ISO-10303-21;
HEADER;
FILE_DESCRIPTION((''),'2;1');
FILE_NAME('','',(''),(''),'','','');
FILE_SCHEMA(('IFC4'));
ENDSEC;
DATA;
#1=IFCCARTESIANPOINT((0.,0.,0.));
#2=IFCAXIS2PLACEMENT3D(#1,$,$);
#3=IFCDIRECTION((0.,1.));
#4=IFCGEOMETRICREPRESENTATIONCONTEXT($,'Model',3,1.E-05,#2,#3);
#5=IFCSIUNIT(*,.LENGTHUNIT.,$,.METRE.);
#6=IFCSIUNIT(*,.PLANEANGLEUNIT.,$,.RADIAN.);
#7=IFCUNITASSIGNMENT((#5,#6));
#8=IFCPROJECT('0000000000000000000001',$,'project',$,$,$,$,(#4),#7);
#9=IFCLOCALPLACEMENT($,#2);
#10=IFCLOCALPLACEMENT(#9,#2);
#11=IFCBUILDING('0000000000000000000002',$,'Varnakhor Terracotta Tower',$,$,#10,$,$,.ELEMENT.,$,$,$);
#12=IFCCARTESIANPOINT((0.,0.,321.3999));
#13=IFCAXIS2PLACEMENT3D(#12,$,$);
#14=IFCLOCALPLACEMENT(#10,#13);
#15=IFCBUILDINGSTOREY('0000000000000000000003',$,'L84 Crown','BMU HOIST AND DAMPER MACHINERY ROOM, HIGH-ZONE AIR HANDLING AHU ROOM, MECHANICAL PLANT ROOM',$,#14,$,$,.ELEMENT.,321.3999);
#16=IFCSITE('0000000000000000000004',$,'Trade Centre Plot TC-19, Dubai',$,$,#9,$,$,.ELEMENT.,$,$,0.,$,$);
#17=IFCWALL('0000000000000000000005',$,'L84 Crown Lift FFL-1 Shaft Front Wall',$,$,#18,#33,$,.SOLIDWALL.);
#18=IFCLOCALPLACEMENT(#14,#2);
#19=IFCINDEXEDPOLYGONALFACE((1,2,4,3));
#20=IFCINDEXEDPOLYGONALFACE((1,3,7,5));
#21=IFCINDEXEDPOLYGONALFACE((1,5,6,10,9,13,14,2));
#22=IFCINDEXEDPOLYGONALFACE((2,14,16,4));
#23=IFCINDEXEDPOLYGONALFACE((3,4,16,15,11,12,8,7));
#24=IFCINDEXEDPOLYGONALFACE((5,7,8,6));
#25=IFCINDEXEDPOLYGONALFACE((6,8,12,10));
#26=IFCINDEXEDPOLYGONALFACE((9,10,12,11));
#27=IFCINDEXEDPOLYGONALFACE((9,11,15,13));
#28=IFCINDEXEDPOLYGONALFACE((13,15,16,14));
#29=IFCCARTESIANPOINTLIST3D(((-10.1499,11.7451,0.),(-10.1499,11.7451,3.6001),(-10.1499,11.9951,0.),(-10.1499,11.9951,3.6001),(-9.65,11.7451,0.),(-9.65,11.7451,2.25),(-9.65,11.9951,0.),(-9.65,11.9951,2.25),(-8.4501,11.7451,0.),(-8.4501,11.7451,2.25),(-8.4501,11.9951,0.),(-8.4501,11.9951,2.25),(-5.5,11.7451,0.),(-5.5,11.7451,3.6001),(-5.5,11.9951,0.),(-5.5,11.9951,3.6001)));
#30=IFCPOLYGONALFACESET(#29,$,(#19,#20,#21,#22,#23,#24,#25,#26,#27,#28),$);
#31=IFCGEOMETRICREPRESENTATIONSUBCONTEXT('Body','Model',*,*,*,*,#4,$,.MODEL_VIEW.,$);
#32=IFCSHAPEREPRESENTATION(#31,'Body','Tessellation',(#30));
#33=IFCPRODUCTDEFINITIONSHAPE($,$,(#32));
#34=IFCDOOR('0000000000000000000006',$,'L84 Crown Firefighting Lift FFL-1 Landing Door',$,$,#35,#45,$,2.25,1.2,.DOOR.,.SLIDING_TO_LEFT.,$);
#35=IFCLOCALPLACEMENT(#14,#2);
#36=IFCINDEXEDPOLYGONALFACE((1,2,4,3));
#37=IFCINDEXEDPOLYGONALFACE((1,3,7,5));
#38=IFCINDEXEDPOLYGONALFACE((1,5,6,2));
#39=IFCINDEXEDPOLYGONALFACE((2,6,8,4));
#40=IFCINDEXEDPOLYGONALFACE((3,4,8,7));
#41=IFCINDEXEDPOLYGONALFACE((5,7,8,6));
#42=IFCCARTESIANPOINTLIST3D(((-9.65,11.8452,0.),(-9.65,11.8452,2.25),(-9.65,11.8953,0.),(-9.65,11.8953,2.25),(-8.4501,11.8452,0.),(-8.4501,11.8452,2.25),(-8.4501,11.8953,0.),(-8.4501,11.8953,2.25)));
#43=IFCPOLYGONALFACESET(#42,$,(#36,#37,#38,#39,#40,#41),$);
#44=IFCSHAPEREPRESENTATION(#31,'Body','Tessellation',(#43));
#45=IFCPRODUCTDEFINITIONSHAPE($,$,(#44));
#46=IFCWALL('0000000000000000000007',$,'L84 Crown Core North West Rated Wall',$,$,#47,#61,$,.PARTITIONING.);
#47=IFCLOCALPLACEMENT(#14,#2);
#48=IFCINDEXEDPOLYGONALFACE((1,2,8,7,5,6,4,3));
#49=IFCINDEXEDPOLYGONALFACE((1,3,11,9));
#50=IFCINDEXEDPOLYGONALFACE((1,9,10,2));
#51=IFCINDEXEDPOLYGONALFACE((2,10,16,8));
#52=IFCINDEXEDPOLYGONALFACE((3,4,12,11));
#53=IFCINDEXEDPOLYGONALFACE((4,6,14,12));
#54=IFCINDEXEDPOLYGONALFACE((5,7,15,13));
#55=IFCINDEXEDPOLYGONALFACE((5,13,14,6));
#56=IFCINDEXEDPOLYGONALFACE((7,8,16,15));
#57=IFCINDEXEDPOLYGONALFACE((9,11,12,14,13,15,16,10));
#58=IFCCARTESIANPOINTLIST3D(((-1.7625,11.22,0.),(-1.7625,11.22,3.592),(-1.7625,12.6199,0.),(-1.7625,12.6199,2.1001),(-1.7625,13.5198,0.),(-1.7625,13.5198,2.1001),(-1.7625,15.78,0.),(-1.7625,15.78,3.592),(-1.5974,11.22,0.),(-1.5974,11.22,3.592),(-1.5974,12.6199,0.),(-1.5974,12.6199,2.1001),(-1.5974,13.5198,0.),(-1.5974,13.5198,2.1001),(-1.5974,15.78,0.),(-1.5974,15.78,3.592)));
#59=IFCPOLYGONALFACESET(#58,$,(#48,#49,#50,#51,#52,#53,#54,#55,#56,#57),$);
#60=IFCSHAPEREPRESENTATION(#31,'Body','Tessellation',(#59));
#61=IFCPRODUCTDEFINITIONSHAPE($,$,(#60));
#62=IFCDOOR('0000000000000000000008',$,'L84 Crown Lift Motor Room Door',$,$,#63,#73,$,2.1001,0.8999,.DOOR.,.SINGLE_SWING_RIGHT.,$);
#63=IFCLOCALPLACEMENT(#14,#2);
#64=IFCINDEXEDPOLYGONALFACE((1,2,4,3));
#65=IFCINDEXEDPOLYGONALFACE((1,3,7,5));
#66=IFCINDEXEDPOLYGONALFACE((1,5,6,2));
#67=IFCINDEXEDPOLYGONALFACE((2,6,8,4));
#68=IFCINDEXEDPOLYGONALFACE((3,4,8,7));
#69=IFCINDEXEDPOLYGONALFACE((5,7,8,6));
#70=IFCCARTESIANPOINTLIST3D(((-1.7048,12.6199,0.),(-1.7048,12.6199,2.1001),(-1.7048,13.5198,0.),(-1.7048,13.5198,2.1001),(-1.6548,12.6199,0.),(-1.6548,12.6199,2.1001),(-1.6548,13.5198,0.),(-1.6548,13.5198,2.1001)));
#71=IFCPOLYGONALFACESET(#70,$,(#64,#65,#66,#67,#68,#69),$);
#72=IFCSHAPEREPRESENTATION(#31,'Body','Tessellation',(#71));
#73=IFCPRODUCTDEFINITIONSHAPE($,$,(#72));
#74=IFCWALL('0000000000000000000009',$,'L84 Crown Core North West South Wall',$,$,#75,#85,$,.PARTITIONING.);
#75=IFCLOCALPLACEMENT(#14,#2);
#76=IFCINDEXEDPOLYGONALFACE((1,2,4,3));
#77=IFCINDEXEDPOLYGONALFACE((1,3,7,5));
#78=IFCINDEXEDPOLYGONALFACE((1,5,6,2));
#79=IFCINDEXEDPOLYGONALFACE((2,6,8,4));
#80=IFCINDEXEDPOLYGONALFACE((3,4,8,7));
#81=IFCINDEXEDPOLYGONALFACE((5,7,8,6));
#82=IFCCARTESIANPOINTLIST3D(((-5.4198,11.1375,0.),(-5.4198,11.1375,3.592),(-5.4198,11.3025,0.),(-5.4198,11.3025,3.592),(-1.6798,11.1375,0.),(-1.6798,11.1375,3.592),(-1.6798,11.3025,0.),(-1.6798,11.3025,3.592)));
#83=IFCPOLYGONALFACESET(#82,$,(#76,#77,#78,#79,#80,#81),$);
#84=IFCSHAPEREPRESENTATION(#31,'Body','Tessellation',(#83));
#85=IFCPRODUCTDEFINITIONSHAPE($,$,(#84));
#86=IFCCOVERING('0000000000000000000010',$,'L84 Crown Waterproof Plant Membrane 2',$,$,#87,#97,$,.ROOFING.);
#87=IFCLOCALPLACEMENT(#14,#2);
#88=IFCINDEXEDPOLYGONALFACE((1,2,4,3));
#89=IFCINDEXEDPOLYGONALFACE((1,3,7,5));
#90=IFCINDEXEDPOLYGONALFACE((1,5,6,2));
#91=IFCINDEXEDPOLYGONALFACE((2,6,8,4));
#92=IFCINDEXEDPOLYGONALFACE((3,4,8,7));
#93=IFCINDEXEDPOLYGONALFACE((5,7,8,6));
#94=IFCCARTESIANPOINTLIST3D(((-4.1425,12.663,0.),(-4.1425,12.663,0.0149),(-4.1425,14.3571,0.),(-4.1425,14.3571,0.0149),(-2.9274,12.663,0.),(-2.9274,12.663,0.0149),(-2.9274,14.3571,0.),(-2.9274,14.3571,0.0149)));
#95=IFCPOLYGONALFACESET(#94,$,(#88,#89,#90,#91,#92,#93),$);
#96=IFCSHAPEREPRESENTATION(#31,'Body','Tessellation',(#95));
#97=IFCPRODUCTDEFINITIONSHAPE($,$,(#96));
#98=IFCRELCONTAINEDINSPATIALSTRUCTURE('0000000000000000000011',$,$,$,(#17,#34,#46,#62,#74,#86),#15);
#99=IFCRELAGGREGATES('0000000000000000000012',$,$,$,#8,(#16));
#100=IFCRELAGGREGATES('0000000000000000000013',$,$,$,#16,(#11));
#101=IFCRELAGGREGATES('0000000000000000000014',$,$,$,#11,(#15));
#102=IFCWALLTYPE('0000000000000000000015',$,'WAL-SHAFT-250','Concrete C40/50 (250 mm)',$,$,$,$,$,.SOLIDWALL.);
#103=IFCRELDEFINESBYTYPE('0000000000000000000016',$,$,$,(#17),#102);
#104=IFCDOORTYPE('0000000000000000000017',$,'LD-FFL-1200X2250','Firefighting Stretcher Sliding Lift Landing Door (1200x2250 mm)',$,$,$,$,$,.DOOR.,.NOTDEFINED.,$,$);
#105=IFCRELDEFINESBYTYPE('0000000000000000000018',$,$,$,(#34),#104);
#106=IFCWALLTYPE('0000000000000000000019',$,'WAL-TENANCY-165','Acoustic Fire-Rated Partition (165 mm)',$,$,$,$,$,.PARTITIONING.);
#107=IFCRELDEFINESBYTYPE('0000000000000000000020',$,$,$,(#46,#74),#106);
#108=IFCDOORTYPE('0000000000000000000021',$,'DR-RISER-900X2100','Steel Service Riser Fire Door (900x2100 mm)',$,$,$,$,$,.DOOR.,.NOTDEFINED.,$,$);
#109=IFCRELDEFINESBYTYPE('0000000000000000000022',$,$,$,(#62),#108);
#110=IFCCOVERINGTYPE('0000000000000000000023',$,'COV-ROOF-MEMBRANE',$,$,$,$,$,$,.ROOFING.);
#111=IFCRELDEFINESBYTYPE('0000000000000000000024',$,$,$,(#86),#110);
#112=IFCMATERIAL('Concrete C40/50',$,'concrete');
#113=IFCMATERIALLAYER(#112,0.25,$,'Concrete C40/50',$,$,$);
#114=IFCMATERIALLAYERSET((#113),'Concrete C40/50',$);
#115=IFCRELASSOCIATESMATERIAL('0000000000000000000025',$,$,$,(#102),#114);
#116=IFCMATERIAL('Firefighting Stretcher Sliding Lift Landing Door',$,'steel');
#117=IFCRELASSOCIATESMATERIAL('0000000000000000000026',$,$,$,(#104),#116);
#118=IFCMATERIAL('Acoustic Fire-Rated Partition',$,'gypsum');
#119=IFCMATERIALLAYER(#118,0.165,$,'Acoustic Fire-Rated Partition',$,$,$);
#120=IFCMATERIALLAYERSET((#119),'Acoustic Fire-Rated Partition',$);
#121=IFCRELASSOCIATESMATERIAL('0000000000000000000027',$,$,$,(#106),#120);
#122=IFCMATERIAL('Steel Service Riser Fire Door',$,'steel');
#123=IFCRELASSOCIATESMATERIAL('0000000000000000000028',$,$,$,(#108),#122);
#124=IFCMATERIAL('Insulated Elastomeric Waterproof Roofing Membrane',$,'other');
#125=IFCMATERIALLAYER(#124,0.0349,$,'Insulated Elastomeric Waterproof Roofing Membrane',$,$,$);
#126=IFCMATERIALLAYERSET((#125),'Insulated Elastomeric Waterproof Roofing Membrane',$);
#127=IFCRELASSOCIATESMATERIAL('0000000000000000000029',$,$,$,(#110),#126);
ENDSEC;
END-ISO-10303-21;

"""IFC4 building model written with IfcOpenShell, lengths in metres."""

from ifc_helpers import new_model, si_unit, direction, frame, frame_2d, origin, origin_2d, place, context, subcontext, project, spatial, rectangle, extrude, source, transform, mapped, material, layer, layer_set, type_object, type_shapes, element, fill, save


model = new_model("IFC4")

# Units and contexts
model_context = context("Model", 3, precision=1e-05, world=origin(), true_north=direction((0.0, 1.0)))
body_context = subcontext(model_context, "Body", "Model", "MODEL_VIEW")
ifc_project = project(units=[si_unit("LENGTHUNIT", "METRE"), si_unit("PLANEANGLEUNIT", "RADIAN")], contexts=[model_context])

# Site, building, storey
site_placement = place(None, origin())
site = spatial("IfcSite", under=ifc_project, at=site_placement, Name="Trade Centre Plot TC-19, Dubai", CompositionType="ELEMENT", RefElevation=0.0)
building_placement = place(site_placement, origin())
building = spatial("IfcBuilding", under=site, at=building_placement, Name="Varnakhor Terracotta Tower", CompositionType="ELEMENT")
storey_placement = place(building_placement, frame((0.0, 0.0, 321.3999)))
storey = spatial("IfcBuildingStorey", under=building, at=storey_placement, Name="L84 Crown", Description="BMU HOIST AND DAMPER MACHINERY ROOM, HIGH-ZONE AIR HANDLING AHU ROOM, MECHANICAL PLANT ROOM", CompositionType="ELEMENT", Elevation=321.3999)

# Shared definitions
ifc_material_1 = material(Name="Concrete C40/50", Category="concrete")

# Walls, openings, doors
ifc_layer_1 = layer(ifc_material_1, 0.25, Name="Concrete C40/50")
ifc_layer_set_1 = layer_set([ifc_layer_1], Name="Concrete C40/50")
wall_type_1 = type_object("IfcWallType", Name="WAL-SHAFT-250", Description="Concrete C40/50 (250 mm)", PredefinedType="SOLIDWALL", material=ifc_layer_set_1)
wall_1_placement = place(storey_placement, frame((-5.5, 11.8701, 0.0), z_axis=(0.0, 0.0, 1.0), x_axis=(-1.0, 0.0, 0.0)))
wall_1 = element("IfcWall", 1, at=wall_1_placement, inside=storey, type_object=wall_type_1, Name="L84 Crown Lift FFL-1 Shaft Front Wall", PredefinedType="SOLIDWALL", context=body_context, shape_type="SweptSolid", body=[
    extrude(rectangle(XDim=4.6499, YDim=0.25, at=frame_2d((2.325, 0.0))), origin(), (0.0, 0.0, 1.0), 3.6001),
])
opening_1_placement = place(wall_1_placement, frame((2.95, 0.0, 0.0)))
opening_1 = element("IfcOpeningElement", 2, at=opening_1_placement, cuts=wall_1, PredefinedType="OPENING", context=body_context, shape_type="SweptSolid", body=[
    extrude(rectangle(XDim=1.2, YDim=2.25, at=frame_2d((0.6001, 1.125))), frame((0.0, 0.135, 0.0), z_axis=(0.0, -1.0, 0.0), x_axis=(1.0, 0.0, 0.0)), (0.0, 0.0, 1.0), 0.27),
])
ifc_material_2 = material(Name="Firefighting Stretcher Sliding Lift Landing Door", Category="steel")
door_type_1 = type_object("IfcDoorType", Name="LD-FFL-1200X2250", Description="Firefighting Stretcher Sliding Lift Landing Door (1200x2250 mm)", OperationType="NOTDEFINED", PredefinedType="DOOR", material=ifc_material_2)
shared_shape_1 = source(origin(), body_context, "Body", "SweptSolid", [
    extrude(rectangle(XDim=1.2, YDim=2.25, at=frame_2d((0.6001, 1.125))), frame((0.0, 0.0249, 0.0), z_axis=(0.0, -1.0, 0.0), x_axis=(1.0, 0.0, 0.0)), (0.0, 0.0, 1.0), 0.05),
])
type_shapes(door_type_1, [shared_shape_1])
door_1_placement = place(opening_1_placement, origin())
door_1 = element("IfcDoor", 3, at=door_1_placement, inside=storey, type_object=door_type_1, Name="L84 Crown Firefighting Lift FFL-1 Landing Door", OperationType="SLIDING_TO_LEFT", OverallHeight=2.25, OverallWidth=1.2, PredefinedType="DOOR", context=body_context, shape_type="MappedRepresentation", body=[
    mapped(shared_shape_1, transform((0.0, 0.0, 0.0), scale=1.0)),
])
fill(opening_1, door_1)
ifc_material_3 = material(Name="Acoustic Fire-Rated Partition", Category="gypsum")
ifc_layer_2 = layer(ifc_material_3, 0.165, Name="Acoustic Fire-Rated Partition")
ifc_layer_set_2 = layer_set([ifc_layer_2], Name="Acoustic Fire-Rated Partition")
wall_type_2 = type_object("IfcWallType", Name="WAL-TENANCY-165", Description="Acoustic Fire-Rated Partition (165 mm)", PredefinedType="PARTITIONING", material=ifc_layer_set_2)
wall_2_placement = place(storey_placement, frame((-1.6799, 11.22, 0.0), z_axis=(0.0, 0.0, 1.0), x_axis=(0.0, 1.0, 0.0)))
wall_2 = element("IfcWall", 4, at=wall_2_placement, inside=storey, type_object=wall_type_2, Name="L84 Crown Core North West Rated Wall", PredefinedType="PARTITIONING", context=body_context, shape_type="SweptSolid", body=[
    extrude(rectangle(XDim=4.5601, YDim=0.165, at=frame_2d((2.28, 0.0))), origin(), (0.0, 0.0, 1.0), 3.592),
])
opening_2_placement = place(wall_2_placement, frame((1.3999, 0.0, 0.0)))
opening_2 = element("IfcOpeningElement", 5, at=opening_2_placement, cuts=wall_2, PredefinedType="OPENING", context=body_context, shape_type="SweptSolid", body=[
    extrude(rectangle(XDim=0.8999, YDim=2.1001, at=frame_2d((0.45, 1.05))), frame((0.0, 0.0925, 0.0), z_axis=(0.0, -1.0, 0.0), x_axis=(1.0, 0.0, 0.0)), (0.0, 0.0, 1.0), 0.1851),
])
ifc_material_4 = material(Name="Steel Service Riser Fire Door", Category="steel")
door_type_2 = type_object("IfcDoorType", Name="DR-RISER-900X2100", Description="Steel Service Riser Fire Door (900x2100 mm)", OperationType="NOTDEFINED", PredefinedType="DOOR", material=ifc_material_4)
shared_shape_2 = source(origin(), body_context, "Body", "SweptSolid", [
    extrude(rectangle(XDim=0.8999, YDim=2.1001, at=frame_2d((0.45, 1.05))), frame((0.0, 0.0249, 0.0), z_axis=(0.0, -1.0, 0.0), x_axis=(1.0, 0.0, 0.0)), (0.0, 0.0, 1.0), 0.05),
])
type_shapes(door_type_2, [shared_shape_2])
door_2_placement = place(opening_2_placement, origin())
door_2 = element("IfcDoor", 6, at=door_2_placement, inside=storey, type_object=door_type_2, Name="L84 Crown Lift Motor Room Door", OperationType="SINGLE_SWING_RIGHT", OverallHeight=2.1001, OverallWidth=0.8999, PredefinedType="DOOR", context=body_context, shape_type="MappedRepresentation", body=[
    mapped(shared_shape_2, transform((0.0, 0.0, 0.0), scale=1.0)),
])
fill(opening_2, door_2)

# Wall
wall_3_placement = place(storey_placement, frame((-5.4199, 11.22, 0.0), z_axis=(0.0, 0.0, 1.0), x_axis=(1.0, 0.0, 0.0)))
element("IfcWall", 7, at=wall_3_placement, inside=storey, type_object=wall_type_2, Name="L84 Crown Core North West South Wall", PredefinedType="PARTITIONING", context=body_context, shape_type="SweptSolid", body=[
    extrude(rectangle(XDim=3.74, YDim=0.165, at=frame_2d((1.8701, 0.0))), origin(), (0.0, 0.0, 1.0), 3.592),
])

# Covering
ifc_material_5 = material(Name="Insulated Elastomeric Waterproof Roofing Membrane", Category="other")
ifc_layer_3 = layer(ifc_material_5, 0.0349, Name="Insulated Elastomeric Waterproof Roofing Membrane")
ifc_layer_set_3 = layer_set([ifc_layer_3], Name="Insulated Elastomeric Waterproof Roofing Membrane")
covering_type = type_object("IfcCoveringType", Name="COV-ROOF-MEMBRANE", PredefinedType="ROOFING", material=ifc_layer_set_3)
shared_shape_3 = source(origin(), body_context, "Body", "SweptSolid", [
    extrude(rectangle(XDim=1.2151, YDim=1.6941, at=origin_2d()), origin(), (0.0, 0.0, 1.0), 0.0149),
])
covering_placement = place(storey_placement, frame((-3.5349, 13.51, 0.0), z_axis=(0.0, 0.0, 1.0), x_axis=(1.0, 0.0, 0.0)))
element("IfcCovering", 8, at=covering_placement, inside=storey, type_object=covering_type, Name="L84 Crown Waterproof Plant Membrane 2", PredefinedType="ROOFING", context=body_context, shape_type="MappedRepresentation", body=[
    mapped(shared_shape_3, transform((0.0, 0.0, 0.0), scale=1.0)),
])

save(model, "model.ifc")
